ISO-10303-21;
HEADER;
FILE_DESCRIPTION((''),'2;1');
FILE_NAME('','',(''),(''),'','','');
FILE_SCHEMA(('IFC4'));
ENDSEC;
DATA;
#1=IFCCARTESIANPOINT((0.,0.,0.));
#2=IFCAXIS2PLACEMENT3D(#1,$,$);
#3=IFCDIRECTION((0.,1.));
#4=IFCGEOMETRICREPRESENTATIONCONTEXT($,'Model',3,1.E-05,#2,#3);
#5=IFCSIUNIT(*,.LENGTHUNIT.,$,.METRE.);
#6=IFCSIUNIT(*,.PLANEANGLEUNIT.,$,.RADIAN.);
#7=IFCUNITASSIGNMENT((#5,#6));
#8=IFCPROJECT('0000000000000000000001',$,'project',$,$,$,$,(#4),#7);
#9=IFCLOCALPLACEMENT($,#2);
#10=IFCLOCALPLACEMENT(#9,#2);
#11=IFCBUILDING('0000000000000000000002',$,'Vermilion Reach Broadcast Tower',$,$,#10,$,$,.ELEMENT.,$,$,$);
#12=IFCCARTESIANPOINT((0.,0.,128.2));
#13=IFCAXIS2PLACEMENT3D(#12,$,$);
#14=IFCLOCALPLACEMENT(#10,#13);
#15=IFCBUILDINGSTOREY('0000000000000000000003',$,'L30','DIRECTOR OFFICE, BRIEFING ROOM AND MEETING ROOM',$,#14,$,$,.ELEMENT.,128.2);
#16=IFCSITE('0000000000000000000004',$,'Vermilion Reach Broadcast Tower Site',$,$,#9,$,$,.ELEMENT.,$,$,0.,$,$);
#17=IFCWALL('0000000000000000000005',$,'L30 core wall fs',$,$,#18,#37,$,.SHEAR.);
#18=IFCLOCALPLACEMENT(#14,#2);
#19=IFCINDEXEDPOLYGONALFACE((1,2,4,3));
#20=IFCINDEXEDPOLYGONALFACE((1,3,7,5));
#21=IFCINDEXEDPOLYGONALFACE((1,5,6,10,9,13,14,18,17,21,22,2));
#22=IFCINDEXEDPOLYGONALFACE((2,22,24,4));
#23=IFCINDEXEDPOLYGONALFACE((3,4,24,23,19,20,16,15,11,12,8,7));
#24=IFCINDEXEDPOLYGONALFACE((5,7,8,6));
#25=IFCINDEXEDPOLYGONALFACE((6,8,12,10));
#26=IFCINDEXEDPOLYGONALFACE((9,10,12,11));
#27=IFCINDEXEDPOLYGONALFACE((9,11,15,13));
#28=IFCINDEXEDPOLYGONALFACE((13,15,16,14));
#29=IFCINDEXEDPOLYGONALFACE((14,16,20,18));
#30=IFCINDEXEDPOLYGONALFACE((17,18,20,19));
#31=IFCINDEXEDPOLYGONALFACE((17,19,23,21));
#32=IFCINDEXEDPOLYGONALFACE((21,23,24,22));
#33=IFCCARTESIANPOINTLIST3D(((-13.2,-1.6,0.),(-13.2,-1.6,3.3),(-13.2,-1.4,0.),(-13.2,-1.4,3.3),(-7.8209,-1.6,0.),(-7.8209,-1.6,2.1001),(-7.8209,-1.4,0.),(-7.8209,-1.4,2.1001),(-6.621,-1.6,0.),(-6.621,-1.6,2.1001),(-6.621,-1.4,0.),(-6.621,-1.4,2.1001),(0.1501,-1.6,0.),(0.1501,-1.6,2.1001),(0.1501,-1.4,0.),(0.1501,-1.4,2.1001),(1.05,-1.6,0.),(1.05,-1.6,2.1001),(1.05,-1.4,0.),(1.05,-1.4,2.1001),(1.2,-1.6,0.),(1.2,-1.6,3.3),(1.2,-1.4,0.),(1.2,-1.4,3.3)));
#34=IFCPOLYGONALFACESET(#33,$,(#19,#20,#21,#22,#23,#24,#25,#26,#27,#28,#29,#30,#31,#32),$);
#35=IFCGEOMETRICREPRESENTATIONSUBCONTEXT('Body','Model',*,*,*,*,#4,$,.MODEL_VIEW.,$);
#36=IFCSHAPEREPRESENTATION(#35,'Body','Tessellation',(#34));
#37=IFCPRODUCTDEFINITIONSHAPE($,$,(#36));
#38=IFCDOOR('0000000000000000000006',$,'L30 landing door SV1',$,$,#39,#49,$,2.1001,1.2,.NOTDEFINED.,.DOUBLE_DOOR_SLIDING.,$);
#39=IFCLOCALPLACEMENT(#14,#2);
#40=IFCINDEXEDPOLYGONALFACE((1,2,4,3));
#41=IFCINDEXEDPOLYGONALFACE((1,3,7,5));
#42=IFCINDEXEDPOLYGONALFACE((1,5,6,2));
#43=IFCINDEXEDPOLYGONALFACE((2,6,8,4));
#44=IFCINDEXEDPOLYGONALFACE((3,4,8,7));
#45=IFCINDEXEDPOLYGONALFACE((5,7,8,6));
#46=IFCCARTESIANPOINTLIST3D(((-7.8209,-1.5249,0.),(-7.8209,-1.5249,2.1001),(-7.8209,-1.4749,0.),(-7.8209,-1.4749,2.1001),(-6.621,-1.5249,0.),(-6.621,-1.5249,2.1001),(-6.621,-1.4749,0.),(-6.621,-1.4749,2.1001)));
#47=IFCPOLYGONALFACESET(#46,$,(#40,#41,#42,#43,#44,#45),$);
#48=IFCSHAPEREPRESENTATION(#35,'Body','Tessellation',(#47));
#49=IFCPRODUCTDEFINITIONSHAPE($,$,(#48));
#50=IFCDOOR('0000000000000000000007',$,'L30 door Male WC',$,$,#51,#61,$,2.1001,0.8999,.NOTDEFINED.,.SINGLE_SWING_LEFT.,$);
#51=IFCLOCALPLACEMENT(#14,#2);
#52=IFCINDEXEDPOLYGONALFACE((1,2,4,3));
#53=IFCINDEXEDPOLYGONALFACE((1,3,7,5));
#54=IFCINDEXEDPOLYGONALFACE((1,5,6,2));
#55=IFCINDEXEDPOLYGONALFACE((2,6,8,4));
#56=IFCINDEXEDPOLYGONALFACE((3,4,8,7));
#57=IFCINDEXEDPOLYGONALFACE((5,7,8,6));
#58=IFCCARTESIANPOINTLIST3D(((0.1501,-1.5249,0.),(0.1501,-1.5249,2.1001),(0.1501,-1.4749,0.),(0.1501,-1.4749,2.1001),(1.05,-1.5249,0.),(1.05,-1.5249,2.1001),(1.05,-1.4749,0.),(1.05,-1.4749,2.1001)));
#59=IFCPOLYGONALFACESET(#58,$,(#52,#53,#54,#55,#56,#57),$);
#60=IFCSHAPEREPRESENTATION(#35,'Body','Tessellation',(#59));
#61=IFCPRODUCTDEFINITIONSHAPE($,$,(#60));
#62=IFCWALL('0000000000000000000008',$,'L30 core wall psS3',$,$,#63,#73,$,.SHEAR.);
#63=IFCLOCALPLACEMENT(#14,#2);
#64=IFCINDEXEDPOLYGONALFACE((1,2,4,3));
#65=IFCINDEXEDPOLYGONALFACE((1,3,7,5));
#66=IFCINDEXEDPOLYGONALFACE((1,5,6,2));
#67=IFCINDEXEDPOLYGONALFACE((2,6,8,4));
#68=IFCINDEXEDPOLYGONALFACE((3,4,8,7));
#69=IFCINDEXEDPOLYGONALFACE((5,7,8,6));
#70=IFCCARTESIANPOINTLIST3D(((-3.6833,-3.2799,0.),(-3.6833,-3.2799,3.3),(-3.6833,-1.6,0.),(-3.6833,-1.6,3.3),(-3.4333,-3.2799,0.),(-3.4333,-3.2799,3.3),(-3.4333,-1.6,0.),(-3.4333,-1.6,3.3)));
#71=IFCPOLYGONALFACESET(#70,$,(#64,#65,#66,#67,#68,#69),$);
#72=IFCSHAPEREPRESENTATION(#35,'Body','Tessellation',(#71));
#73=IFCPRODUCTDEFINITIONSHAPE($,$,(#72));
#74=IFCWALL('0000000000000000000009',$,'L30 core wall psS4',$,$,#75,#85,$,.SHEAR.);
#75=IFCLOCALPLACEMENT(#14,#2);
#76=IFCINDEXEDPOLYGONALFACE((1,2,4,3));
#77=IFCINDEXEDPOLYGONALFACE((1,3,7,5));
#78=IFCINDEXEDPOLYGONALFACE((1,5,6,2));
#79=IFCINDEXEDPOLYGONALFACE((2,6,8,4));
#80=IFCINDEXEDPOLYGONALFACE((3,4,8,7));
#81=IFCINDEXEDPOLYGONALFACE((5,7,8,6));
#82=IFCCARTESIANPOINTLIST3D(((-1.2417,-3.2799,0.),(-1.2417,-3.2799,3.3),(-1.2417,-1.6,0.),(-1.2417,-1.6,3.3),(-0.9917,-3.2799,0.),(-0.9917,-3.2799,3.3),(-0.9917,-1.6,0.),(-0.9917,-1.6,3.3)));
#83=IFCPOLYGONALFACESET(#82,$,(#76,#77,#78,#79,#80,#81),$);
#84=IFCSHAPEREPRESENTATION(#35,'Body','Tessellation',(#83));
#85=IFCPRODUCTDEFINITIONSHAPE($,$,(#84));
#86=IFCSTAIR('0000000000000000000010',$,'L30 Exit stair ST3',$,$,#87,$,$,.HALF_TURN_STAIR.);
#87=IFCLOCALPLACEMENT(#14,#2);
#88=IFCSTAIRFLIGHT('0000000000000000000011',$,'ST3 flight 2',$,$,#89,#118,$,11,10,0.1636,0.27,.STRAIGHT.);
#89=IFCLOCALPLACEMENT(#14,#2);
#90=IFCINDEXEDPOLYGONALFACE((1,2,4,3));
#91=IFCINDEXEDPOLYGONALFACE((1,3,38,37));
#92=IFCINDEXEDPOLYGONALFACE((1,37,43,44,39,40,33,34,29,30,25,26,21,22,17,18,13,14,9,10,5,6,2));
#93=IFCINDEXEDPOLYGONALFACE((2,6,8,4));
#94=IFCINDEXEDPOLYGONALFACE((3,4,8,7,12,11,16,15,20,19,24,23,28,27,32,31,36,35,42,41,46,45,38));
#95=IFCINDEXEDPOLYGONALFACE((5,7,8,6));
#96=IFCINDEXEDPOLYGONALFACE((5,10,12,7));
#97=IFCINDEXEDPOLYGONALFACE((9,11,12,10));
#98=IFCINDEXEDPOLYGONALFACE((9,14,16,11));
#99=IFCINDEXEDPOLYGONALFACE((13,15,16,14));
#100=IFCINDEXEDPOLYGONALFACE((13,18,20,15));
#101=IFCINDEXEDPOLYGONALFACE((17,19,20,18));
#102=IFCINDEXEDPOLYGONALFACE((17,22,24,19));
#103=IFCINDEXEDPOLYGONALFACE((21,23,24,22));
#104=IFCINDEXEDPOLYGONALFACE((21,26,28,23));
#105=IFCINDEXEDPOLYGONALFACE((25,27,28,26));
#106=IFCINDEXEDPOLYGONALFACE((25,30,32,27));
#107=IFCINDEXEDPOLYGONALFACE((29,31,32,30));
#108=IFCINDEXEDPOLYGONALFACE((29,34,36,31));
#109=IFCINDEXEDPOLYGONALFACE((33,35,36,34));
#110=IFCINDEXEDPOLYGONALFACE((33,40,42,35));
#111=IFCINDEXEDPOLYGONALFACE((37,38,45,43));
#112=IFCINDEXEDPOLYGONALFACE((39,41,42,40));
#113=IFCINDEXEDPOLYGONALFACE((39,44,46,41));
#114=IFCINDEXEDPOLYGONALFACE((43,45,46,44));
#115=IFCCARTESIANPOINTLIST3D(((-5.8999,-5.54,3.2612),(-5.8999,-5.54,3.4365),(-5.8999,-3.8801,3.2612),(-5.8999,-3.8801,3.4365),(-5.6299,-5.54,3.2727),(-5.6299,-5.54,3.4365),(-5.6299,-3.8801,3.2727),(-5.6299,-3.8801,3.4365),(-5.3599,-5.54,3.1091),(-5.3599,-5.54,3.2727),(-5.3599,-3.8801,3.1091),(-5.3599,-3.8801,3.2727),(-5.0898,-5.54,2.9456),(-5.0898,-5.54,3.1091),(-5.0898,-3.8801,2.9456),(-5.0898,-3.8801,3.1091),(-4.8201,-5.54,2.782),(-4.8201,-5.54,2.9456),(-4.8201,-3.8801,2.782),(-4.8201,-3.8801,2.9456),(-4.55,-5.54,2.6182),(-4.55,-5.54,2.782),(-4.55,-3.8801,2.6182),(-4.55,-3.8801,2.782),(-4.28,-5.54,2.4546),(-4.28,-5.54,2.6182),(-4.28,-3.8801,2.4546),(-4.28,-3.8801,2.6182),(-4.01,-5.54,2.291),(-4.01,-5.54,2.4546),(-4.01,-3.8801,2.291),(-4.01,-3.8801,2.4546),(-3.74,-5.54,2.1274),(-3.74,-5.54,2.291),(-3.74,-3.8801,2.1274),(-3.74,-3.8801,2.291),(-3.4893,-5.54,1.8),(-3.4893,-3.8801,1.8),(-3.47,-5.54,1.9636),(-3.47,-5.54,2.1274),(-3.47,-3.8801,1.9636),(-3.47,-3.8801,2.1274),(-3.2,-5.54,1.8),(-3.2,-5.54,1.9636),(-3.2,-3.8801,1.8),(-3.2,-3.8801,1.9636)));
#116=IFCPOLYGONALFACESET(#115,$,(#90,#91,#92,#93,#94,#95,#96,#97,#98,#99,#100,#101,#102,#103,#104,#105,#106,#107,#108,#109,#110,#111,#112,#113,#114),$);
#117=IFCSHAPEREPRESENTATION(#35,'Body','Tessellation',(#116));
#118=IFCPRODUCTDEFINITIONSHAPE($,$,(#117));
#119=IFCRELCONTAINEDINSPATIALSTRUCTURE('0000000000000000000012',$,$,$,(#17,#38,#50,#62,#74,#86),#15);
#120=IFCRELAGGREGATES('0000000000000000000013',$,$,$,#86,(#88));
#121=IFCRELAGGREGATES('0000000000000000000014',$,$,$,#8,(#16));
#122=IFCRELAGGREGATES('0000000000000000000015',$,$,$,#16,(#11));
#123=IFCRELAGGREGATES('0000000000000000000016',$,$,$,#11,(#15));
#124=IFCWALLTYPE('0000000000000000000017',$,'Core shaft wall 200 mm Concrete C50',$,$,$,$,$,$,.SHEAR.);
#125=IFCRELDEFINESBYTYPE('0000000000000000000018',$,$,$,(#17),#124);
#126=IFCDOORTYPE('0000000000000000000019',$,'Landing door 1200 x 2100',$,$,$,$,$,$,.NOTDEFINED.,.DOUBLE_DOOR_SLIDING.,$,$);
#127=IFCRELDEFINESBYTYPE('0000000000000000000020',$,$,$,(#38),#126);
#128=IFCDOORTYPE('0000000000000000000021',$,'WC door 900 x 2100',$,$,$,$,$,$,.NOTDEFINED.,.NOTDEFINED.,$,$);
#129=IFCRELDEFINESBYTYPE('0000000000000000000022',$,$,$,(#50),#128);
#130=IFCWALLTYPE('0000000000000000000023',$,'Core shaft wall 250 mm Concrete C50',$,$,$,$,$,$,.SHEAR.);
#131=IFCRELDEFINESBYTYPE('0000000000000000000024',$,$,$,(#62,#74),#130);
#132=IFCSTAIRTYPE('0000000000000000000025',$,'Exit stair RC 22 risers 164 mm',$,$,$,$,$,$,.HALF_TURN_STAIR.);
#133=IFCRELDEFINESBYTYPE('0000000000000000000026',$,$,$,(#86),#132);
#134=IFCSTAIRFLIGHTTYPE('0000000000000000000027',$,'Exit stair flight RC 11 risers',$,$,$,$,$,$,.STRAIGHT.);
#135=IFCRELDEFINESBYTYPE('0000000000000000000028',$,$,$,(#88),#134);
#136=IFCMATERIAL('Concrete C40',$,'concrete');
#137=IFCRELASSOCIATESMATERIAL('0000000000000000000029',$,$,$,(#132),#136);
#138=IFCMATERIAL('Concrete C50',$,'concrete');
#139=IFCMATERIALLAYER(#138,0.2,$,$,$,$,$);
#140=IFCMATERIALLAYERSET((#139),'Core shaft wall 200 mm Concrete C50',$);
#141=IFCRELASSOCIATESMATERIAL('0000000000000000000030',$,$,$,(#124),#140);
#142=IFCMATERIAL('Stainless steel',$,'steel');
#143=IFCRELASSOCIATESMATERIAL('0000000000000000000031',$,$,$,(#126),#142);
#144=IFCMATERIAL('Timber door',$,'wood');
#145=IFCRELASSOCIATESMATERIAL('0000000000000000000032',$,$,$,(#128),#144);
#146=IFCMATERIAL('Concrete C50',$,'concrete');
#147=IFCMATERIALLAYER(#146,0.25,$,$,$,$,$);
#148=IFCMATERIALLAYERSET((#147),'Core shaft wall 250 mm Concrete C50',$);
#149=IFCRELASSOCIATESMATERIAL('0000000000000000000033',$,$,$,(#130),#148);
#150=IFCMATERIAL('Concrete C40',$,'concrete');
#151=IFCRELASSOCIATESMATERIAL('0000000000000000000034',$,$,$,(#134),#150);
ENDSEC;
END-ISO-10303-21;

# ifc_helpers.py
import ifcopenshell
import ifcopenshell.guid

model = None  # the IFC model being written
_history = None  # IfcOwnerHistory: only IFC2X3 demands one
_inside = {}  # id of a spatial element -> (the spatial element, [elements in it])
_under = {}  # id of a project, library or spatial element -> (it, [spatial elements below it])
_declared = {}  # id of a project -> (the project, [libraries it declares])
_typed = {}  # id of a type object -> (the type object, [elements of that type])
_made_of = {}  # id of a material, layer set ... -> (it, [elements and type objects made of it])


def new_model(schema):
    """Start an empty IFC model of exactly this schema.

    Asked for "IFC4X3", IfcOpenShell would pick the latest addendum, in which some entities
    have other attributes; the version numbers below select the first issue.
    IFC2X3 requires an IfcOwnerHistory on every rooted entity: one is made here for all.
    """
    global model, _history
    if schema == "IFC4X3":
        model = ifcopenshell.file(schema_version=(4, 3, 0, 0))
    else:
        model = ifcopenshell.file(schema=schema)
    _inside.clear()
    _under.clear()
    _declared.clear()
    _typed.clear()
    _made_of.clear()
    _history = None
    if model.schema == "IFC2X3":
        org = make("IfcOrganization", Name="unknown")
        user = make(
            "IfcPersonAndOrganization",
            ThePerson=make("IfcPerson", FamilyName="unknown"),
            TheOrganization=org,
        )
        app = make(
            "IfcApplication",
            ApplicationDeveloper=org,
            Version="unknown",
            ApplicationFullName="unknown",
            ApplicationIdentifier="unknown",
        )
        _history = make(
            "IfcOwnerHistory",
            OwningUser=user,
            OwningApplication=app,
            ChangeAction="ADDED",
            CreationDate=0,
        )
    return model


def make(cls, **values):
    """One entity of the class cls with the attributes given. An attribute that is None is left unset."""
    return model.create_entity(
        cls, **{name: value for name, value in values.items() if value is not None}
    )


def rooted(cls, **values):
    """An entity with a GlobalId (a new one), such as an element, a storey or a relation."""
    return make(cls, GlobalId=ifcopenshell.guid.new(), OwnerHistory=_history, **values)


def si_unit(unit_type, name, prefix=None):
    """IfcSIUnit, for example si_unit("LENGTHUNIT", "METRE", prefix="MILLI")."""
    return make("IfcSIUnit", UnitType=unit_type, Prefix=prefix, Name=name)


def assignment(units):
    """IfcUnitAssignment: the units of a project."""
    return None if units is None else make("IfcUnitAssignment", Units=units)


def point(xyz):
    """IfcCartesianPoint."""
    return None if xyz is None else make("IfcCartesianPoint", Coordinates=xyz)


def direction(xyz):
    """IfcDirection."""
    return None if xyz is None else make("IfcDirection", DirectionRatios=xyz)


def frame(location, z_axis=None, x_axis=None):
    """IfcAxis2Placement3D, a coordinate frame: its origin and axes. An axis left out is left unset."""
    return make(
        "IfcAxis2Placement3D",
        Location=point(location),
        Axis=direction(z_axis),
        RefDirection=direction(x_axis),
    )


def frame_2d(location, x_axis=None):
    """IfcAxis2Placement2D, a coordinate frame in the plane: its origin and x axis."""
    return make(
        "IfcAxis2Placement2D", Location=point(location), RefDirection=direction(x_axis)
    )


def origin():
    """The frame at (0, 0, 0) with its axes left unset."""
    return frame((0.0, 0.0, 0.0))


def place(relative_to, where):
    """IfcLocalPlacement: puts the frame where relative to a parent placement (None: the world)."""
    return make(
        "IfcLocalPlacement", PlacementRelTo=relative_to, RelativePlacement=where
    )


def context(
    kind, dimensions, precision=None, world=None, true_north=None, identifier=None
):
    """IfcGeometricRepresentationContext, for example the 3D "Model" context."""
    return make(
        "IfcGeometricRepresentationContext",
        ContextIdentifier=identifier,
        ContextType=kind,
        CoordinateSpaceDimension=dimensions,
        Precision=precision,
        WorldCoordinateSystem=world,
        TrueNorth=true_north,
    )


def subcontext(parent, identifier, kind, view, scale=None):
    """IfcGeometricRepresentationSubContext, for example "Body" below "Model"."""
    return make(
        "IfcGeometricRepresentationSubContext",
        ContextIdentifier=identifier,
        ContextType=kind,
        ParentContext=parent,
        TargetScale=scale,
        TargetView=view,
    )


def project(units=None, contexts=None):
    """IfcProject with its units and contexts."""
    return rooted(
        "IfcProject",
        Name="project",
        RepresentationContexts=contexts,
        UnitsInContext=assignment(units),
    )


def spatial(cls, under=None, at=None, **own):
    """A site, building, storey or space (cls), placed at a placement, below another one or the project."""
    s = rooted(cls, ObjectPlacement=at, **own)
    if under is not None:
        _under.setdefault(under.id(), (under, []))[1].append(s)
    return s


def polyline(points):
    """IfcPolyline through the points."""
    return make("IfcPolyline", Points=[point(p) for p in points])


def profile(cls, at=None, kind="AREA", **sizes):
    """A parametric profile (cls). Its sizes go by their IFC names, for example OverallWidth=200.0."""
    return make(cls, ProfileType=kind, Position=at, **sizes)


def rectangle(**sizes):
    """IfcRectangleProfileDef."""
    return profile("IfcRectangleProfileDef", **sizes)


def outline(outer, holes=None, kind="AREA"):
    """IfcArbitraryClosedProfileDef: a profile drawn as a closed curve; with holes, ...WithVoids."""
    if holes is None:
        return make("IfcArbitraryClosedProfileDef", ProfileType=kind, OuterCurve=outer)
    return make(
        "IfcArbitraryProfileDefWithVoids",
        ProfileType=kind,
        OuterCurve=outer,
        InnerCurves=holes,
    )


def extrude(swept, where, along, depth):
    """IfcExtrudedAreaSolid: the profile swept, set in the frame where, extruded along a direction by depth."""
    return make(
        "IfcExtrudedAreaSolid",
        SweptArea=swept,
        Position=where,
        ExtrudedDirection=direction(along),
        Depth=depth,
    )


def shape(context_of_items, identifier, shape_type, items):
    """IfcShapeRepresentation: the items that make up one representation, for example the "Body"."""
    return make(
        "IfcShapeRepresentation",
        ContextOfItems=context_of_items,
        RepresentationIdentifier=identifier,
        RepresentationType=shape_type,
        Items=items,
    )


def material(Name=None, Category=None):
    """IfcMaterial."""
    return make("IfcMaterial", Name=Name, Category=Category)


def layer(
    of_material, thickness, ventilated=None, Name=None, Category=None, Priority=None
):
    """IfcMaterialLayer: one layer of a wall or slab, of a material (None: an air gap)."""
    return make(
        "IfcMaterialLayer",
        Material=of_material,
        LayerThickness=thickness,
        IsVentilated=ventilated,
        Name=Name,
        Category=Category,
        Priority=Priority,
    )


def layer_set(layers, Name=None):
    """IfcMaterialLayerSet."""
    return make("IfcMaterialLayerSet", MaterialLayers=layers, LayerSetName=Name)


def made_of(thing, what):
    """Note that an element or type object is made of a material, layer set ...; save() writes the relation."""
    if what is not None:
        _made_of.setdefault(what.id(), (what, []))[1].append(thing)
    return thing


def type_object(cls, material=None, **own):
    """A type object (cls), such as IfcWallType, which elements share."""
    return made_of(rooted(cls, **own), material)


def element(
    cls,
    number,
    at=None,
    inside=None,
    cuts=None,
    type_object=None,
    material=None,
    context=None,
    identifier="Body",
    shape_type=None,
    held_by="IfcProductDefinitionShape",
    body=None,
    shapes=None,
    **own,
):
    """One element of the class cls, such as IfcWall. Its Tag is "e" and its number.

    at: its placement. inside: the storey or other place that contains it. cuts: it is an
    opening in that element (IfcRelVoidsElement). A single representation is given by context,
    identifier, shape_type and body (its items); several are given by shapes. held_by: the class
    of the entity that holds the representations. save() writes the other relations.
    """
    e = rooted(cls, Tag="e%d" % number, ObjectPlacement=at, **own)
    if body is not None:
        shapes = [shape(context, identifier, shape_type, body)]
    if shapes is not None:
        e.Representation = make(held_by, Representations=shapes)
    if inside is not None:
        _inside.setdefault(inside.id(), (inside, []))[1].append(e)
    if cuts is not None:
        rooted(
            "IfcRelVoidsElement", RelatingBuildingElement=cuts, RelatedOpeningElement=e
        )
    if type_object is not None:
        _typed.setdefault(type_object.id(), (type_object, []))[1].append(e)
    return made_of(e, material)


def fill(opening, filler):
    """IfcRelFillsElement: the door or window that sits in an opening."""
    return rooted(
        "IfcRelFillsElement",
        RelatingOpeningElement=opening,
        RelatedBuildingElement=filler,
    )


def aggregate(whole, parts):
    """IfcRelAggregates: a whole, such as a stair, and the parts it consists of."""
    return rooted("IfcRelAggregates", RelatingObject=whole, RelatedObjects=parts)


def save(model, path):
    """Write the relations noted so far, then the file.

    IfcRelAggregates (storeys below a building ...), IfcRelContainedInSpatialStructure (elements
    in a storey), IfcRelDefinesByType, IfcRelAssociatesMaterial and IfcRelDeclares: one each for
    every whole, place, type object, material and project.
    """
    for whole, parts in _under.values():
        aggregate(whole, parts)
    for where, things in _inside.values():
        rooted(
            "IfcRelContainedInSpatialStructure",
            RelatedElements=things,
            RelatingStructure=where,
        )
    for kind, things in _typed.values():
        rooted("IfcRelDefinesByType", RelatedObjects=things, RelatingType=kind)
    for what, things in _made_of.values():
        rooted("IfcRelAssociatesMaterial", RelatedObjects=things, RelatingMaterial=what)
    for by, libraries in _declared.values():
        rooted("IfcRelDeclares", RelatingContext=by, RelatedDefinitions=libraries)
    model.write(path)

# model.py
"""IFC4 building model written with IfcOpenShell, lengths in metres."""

from ifc_helpers import new_model, si_unit, direction, frame, frame_2d, origin, place, context, subcontext, project, spatial, polyline, rectangle, outline, extrude, material, layer, layer_set, type_object, element, fill, aggregate, save


model = new_model("IFC4")

# Units and contexts
model_context = context("Model", 3, precision=1e-05, world=origin(), true_north=direction((0.0, 1.0)))
body_context = subcontext(model_context, "Body", "Model", "MODEL_VIEW")
ifc_project = project(units=[si_unit("LENGTHUNIT", "METRE"), si_unit("PLANEANGLEUNIT", "RADIAN")], contexts=[model_context])

# Site, building, storey
site_placement = place(None, origin())
site = spatial("IfcSite", under=ifc_project, at=site_placement, Name="Vermilion Reach Broadcast Tower Site", CompositionType="ELEMENT", RefElevation=0.0)
building_placement = place(site_placement, origin())
building = spatial("IfcBuilding", under=site, at=building_placement, Name="Vermilion Reach Broadcast Tower", CompositionType="ELEMENT")
storey_placement = place(building_placement, frame((0.0, 0.0, 128.2)))
storey = spatial("IfcBuildingStorey", under=building, at=storey_placement, Name="L30", Description="DIRECTOR OFFICE, BRIEFING ROOM AND MEETING ROOM", CompositionType="ELEMENT", Elevation=128.2)

# Shared definitions
ifc_material_1 = material(Name="Concrete C40", Category="concrete")
stair_type = type_object("IfcStairType", Name="Exit stair RC 22 risers 164 mm", PredefinedType="HALF_TURN_STAIR", material=ifc_material_1)
placement_1 = place(storey_placement, origin())

# Wall, openings, doors
ifc_material_2 = material(Name="Concrete C50", Category="concrete")
ifc_layer_1 = layer(ifc_material_2, 0.2)
ifc_layer_set_1 = layer_set([ifc_layer_1], Name="Core shaft wall 200 mm Concrete C50")
wall_type_1 = type_object("IfcWallType", Name="Core shaft wall 200 mm Concrete C50", PredefinedType="SHEAR", material=ifc_layer_set_1)
wall_1_placement = place(storey_placement, frame((1.2, -1.5, 0.0), z_axis=(0.0, 0.0, 1.0), x_axis=(-1.0, 0.0, 0.0)))
wall_1 = element("IfcWall", 1, at=wall_1_placement, inside=storey, type_object=wall_type_1, Name="L30 core wall fs", PredefinedType="SHEAR", context=body_context, shape_type="SweptSolid", body=[
    extrude(rectangle(XDim=14.3999, YDim=0.2, at=frame_2d((7.2, 0.0))), origin(), (0.0, 0.0, 1.0), 3.3),
])
opening_1_placement = place(wall_1_placement, frame((7.8208, 0.0, 0.0)))
opening_1 = element("IfcOpeningElement", 2, at=opening_1_placement, cuts=wall_1, PredefinedType="OPENING", context=body_context, shape_type="SweptSolid", body=[
    extrude(rectangle(XDim=1.2, YDim=2.1001, at=frame_2d((0.6001, 1.05))), frame((0.0, 0.1099, 0.0), z_axis=(0.0, -1.0, 0.0), x_axis=(1.0, 0.0, 0.0)), (0.0, 0.0, 1.0), 0.22),
])
opening_2_placement = place(wall_1_placement, frame((0.1499, 0.0, 0.0)))
opening_2 = element("IfcOpeningElement", 3, at=opening_2_placement, cuts=wall_1, PredefinedType="OPENING", context=body_context, shape_type="SweptSolid", body=[
    extrude(rectangle(XDim=0.8999, YDim=2.1001, at=frame_2d((0.45, 1.05))), frame((0.0, 0.1099, 0.0), z_axis=(0.0, -1.0, 0.0), x_axis=(1.0, 0.0, 0.0)), (0.0, 0.0, 1.0), 0.22),
])
ifc_material_3 = material(Name="Stainless steel", Category="steel")
door_type_1 = type_object("IfcDoorType", Name="Landing door 1200 x 2100", OperationType="DOUBLE_DOOR_SLIDING", PredefinedType="NOTDEFINED", material=ifc_material_3)
door_1_placement = place(opening_1_placement, origin())
door_1 = element("IfcDoor", 4, at=door_1_placement, inside=storey, type_object=door_type_1, Name="L30 landing door SV1", OperationType="DOUBLE_DOOR_SLIDING", OverallHeight=2.1001, OverallWidth=1.2, PredefinedType="NOTDEFINED", context=body_context, shape_type="SweptSolid", body=[
    extrude(rectangle(XDim=1.2, YDim=2.1001, at=frame_2d((0.6001, 1.05))), frame((0.0, 0.0249, 0.0), z_axis=(0.0, -1.0, 0.0), x_axis=(1.0, 0.0, 0.0)), (0.0, 0.0, 1.0), 0.05),
])
fill(opening_1, door_1)
ifc_material_4 = material(Name="Timber door", Category="wood")
door_type_2 = type_object("IfcDoorType", Name="WC door 900 x 2100", OperationType="NOTDEFINED", PredefinedType="NOTDEFINED", material=ifc_material_4)
door_2_placement = place(opening_2_placement, origin())
door_2 = element("IfcDoor", 5, at=door_2_placement, inside=storey, type_object=door_type_2, Name="L30 door Male WC", OperationType="SINGLE_SWING_LEFT", OverallHeight=2.1001, OverallWidth=0.8999, PredefinedType="NOTDEFINED", context=body_context, shape_type="SweptSolid", body=[
    extrude(rectangle(XDim=0.8999, YDim=2.1001, at=frame_2d((0.45, 1.05))), frame((0.0, 0.0249, 0.0), z_axis=(0.0, -1.0, 0.0), x_axis=(1.0, 0.0, 0.0)), (0.0, 0.0, 1.0), 0.05),
])
fill(opening_2, door_2)

# Walls
ifc_material_5 = material(Name="Concrete C50", Category="concrete")
ifc_layer_2 = layer(ifc_material_5, 0.25)
ifc_layer_set_2 = layer_set([ifc_layer_2], Name="Core shaft wall 250 mm Concrete C50")
wall_type_2 = type_object("IfcWallType", Name="Core shaft wall 250 mm Concrete C50", PredefinedType="SHEAR", material=ifc_layer_set_2)
for number, where, z_axis, x_axis, name in (
    (6, (-3.5583, -1.6001, 0.0), (0.0, 0.0, 1.0), (0.0, -1.0, 0.0), "L30 core wall psS3"),
    (7, (-1.1167, -1.6001, 0.0), (0.0, 0.0, 1.0), (0.0, -1.0, 0.0), "L30 core wall psS4"),
):
    element("IfcWall", number, at=place(storey_placement, frame(where, z_axis=z_axis, x_axis=x_axis)), inside=storey, type_object=wall_type_2, Name=name, PredefinedType="SHEAR", context=body_context, shape_type="SweptSolid", body=[
        extrude(rectangle(XDim=1.6799, YDim=0.25, at=frame_2d((0.8398, 0.0))), origin(), (0.0, 0.0, 1.0), 3.3),
    ])

# Stair, stair flight
stair_1 = element("IfcStair", 8, at=placement_1, inside=storey, type_object=stair_type, Name="L30 Exit stair ST3", PredefinedType="HALF_TURN_STAIR")
ifc_material_6 = material(Name="Concrete C40", Category="concrete")
stair_flight_type = type_object("IfcStairFlightType", Name="Exit stair flight RC 11 risers", PredefinedType="STRAIGHT", material=ifc_material_6)
stair_flight_placement = place(storey_placement, frame((-3.2, -4.71, 1.8), z_axis=(0.0, 0.0, 1.0), x_axis=(-1.0, 0.0, 0.0)))
stair_flight = element("IfcStairFlight", 9, at=stair_flight_placement, type_object=stair_flight_type, Name="ST3 flight 2", NumberOfRisers=11, NumberOfTreads=10, PredefinedType="STRAIGHT", RiserHeight=0.1636, TreadLength=0.27, context=body_context, shape_type="SweptSolid", body=[
    extrude(outline(polyline([(0.0, 0.0), (0.0, 0.1636), (0.27, 0.1636), (0.27, 0.3274), (0.54, 0.3274), (0.54, 0.491), (0.8101, 0.491), (0.8101, 0.6545), (1.0801, 0.6545), (1.0801, 0.8181), (1.3501, 0.8181), (1.3501, 0.9819), (1.6201, 0.9819), (1.6201, 1.1455), (1.8899, 1.1455), (1.8899, 1.3091), (2.1599, 1.3091), (2.1599, 1.4727), (2.4299, 1.4727), (2.4299, 1.6365), (2.7, 1.6365), (2.7, 1.8), (2.7, 1.4612), (0.2893, 0.0), (0.0, 0.0)])), frame((0.0, 0.8301, 0.0), z_axis=(0.0, -1.0, 0.0), x_axis=(1.0, 0.0, 0.0)), (0.0, 0.0, 1.0), 1.6599),
])
aggregate(stair_1, [stair_flight])

save(model, "model.ifc")
